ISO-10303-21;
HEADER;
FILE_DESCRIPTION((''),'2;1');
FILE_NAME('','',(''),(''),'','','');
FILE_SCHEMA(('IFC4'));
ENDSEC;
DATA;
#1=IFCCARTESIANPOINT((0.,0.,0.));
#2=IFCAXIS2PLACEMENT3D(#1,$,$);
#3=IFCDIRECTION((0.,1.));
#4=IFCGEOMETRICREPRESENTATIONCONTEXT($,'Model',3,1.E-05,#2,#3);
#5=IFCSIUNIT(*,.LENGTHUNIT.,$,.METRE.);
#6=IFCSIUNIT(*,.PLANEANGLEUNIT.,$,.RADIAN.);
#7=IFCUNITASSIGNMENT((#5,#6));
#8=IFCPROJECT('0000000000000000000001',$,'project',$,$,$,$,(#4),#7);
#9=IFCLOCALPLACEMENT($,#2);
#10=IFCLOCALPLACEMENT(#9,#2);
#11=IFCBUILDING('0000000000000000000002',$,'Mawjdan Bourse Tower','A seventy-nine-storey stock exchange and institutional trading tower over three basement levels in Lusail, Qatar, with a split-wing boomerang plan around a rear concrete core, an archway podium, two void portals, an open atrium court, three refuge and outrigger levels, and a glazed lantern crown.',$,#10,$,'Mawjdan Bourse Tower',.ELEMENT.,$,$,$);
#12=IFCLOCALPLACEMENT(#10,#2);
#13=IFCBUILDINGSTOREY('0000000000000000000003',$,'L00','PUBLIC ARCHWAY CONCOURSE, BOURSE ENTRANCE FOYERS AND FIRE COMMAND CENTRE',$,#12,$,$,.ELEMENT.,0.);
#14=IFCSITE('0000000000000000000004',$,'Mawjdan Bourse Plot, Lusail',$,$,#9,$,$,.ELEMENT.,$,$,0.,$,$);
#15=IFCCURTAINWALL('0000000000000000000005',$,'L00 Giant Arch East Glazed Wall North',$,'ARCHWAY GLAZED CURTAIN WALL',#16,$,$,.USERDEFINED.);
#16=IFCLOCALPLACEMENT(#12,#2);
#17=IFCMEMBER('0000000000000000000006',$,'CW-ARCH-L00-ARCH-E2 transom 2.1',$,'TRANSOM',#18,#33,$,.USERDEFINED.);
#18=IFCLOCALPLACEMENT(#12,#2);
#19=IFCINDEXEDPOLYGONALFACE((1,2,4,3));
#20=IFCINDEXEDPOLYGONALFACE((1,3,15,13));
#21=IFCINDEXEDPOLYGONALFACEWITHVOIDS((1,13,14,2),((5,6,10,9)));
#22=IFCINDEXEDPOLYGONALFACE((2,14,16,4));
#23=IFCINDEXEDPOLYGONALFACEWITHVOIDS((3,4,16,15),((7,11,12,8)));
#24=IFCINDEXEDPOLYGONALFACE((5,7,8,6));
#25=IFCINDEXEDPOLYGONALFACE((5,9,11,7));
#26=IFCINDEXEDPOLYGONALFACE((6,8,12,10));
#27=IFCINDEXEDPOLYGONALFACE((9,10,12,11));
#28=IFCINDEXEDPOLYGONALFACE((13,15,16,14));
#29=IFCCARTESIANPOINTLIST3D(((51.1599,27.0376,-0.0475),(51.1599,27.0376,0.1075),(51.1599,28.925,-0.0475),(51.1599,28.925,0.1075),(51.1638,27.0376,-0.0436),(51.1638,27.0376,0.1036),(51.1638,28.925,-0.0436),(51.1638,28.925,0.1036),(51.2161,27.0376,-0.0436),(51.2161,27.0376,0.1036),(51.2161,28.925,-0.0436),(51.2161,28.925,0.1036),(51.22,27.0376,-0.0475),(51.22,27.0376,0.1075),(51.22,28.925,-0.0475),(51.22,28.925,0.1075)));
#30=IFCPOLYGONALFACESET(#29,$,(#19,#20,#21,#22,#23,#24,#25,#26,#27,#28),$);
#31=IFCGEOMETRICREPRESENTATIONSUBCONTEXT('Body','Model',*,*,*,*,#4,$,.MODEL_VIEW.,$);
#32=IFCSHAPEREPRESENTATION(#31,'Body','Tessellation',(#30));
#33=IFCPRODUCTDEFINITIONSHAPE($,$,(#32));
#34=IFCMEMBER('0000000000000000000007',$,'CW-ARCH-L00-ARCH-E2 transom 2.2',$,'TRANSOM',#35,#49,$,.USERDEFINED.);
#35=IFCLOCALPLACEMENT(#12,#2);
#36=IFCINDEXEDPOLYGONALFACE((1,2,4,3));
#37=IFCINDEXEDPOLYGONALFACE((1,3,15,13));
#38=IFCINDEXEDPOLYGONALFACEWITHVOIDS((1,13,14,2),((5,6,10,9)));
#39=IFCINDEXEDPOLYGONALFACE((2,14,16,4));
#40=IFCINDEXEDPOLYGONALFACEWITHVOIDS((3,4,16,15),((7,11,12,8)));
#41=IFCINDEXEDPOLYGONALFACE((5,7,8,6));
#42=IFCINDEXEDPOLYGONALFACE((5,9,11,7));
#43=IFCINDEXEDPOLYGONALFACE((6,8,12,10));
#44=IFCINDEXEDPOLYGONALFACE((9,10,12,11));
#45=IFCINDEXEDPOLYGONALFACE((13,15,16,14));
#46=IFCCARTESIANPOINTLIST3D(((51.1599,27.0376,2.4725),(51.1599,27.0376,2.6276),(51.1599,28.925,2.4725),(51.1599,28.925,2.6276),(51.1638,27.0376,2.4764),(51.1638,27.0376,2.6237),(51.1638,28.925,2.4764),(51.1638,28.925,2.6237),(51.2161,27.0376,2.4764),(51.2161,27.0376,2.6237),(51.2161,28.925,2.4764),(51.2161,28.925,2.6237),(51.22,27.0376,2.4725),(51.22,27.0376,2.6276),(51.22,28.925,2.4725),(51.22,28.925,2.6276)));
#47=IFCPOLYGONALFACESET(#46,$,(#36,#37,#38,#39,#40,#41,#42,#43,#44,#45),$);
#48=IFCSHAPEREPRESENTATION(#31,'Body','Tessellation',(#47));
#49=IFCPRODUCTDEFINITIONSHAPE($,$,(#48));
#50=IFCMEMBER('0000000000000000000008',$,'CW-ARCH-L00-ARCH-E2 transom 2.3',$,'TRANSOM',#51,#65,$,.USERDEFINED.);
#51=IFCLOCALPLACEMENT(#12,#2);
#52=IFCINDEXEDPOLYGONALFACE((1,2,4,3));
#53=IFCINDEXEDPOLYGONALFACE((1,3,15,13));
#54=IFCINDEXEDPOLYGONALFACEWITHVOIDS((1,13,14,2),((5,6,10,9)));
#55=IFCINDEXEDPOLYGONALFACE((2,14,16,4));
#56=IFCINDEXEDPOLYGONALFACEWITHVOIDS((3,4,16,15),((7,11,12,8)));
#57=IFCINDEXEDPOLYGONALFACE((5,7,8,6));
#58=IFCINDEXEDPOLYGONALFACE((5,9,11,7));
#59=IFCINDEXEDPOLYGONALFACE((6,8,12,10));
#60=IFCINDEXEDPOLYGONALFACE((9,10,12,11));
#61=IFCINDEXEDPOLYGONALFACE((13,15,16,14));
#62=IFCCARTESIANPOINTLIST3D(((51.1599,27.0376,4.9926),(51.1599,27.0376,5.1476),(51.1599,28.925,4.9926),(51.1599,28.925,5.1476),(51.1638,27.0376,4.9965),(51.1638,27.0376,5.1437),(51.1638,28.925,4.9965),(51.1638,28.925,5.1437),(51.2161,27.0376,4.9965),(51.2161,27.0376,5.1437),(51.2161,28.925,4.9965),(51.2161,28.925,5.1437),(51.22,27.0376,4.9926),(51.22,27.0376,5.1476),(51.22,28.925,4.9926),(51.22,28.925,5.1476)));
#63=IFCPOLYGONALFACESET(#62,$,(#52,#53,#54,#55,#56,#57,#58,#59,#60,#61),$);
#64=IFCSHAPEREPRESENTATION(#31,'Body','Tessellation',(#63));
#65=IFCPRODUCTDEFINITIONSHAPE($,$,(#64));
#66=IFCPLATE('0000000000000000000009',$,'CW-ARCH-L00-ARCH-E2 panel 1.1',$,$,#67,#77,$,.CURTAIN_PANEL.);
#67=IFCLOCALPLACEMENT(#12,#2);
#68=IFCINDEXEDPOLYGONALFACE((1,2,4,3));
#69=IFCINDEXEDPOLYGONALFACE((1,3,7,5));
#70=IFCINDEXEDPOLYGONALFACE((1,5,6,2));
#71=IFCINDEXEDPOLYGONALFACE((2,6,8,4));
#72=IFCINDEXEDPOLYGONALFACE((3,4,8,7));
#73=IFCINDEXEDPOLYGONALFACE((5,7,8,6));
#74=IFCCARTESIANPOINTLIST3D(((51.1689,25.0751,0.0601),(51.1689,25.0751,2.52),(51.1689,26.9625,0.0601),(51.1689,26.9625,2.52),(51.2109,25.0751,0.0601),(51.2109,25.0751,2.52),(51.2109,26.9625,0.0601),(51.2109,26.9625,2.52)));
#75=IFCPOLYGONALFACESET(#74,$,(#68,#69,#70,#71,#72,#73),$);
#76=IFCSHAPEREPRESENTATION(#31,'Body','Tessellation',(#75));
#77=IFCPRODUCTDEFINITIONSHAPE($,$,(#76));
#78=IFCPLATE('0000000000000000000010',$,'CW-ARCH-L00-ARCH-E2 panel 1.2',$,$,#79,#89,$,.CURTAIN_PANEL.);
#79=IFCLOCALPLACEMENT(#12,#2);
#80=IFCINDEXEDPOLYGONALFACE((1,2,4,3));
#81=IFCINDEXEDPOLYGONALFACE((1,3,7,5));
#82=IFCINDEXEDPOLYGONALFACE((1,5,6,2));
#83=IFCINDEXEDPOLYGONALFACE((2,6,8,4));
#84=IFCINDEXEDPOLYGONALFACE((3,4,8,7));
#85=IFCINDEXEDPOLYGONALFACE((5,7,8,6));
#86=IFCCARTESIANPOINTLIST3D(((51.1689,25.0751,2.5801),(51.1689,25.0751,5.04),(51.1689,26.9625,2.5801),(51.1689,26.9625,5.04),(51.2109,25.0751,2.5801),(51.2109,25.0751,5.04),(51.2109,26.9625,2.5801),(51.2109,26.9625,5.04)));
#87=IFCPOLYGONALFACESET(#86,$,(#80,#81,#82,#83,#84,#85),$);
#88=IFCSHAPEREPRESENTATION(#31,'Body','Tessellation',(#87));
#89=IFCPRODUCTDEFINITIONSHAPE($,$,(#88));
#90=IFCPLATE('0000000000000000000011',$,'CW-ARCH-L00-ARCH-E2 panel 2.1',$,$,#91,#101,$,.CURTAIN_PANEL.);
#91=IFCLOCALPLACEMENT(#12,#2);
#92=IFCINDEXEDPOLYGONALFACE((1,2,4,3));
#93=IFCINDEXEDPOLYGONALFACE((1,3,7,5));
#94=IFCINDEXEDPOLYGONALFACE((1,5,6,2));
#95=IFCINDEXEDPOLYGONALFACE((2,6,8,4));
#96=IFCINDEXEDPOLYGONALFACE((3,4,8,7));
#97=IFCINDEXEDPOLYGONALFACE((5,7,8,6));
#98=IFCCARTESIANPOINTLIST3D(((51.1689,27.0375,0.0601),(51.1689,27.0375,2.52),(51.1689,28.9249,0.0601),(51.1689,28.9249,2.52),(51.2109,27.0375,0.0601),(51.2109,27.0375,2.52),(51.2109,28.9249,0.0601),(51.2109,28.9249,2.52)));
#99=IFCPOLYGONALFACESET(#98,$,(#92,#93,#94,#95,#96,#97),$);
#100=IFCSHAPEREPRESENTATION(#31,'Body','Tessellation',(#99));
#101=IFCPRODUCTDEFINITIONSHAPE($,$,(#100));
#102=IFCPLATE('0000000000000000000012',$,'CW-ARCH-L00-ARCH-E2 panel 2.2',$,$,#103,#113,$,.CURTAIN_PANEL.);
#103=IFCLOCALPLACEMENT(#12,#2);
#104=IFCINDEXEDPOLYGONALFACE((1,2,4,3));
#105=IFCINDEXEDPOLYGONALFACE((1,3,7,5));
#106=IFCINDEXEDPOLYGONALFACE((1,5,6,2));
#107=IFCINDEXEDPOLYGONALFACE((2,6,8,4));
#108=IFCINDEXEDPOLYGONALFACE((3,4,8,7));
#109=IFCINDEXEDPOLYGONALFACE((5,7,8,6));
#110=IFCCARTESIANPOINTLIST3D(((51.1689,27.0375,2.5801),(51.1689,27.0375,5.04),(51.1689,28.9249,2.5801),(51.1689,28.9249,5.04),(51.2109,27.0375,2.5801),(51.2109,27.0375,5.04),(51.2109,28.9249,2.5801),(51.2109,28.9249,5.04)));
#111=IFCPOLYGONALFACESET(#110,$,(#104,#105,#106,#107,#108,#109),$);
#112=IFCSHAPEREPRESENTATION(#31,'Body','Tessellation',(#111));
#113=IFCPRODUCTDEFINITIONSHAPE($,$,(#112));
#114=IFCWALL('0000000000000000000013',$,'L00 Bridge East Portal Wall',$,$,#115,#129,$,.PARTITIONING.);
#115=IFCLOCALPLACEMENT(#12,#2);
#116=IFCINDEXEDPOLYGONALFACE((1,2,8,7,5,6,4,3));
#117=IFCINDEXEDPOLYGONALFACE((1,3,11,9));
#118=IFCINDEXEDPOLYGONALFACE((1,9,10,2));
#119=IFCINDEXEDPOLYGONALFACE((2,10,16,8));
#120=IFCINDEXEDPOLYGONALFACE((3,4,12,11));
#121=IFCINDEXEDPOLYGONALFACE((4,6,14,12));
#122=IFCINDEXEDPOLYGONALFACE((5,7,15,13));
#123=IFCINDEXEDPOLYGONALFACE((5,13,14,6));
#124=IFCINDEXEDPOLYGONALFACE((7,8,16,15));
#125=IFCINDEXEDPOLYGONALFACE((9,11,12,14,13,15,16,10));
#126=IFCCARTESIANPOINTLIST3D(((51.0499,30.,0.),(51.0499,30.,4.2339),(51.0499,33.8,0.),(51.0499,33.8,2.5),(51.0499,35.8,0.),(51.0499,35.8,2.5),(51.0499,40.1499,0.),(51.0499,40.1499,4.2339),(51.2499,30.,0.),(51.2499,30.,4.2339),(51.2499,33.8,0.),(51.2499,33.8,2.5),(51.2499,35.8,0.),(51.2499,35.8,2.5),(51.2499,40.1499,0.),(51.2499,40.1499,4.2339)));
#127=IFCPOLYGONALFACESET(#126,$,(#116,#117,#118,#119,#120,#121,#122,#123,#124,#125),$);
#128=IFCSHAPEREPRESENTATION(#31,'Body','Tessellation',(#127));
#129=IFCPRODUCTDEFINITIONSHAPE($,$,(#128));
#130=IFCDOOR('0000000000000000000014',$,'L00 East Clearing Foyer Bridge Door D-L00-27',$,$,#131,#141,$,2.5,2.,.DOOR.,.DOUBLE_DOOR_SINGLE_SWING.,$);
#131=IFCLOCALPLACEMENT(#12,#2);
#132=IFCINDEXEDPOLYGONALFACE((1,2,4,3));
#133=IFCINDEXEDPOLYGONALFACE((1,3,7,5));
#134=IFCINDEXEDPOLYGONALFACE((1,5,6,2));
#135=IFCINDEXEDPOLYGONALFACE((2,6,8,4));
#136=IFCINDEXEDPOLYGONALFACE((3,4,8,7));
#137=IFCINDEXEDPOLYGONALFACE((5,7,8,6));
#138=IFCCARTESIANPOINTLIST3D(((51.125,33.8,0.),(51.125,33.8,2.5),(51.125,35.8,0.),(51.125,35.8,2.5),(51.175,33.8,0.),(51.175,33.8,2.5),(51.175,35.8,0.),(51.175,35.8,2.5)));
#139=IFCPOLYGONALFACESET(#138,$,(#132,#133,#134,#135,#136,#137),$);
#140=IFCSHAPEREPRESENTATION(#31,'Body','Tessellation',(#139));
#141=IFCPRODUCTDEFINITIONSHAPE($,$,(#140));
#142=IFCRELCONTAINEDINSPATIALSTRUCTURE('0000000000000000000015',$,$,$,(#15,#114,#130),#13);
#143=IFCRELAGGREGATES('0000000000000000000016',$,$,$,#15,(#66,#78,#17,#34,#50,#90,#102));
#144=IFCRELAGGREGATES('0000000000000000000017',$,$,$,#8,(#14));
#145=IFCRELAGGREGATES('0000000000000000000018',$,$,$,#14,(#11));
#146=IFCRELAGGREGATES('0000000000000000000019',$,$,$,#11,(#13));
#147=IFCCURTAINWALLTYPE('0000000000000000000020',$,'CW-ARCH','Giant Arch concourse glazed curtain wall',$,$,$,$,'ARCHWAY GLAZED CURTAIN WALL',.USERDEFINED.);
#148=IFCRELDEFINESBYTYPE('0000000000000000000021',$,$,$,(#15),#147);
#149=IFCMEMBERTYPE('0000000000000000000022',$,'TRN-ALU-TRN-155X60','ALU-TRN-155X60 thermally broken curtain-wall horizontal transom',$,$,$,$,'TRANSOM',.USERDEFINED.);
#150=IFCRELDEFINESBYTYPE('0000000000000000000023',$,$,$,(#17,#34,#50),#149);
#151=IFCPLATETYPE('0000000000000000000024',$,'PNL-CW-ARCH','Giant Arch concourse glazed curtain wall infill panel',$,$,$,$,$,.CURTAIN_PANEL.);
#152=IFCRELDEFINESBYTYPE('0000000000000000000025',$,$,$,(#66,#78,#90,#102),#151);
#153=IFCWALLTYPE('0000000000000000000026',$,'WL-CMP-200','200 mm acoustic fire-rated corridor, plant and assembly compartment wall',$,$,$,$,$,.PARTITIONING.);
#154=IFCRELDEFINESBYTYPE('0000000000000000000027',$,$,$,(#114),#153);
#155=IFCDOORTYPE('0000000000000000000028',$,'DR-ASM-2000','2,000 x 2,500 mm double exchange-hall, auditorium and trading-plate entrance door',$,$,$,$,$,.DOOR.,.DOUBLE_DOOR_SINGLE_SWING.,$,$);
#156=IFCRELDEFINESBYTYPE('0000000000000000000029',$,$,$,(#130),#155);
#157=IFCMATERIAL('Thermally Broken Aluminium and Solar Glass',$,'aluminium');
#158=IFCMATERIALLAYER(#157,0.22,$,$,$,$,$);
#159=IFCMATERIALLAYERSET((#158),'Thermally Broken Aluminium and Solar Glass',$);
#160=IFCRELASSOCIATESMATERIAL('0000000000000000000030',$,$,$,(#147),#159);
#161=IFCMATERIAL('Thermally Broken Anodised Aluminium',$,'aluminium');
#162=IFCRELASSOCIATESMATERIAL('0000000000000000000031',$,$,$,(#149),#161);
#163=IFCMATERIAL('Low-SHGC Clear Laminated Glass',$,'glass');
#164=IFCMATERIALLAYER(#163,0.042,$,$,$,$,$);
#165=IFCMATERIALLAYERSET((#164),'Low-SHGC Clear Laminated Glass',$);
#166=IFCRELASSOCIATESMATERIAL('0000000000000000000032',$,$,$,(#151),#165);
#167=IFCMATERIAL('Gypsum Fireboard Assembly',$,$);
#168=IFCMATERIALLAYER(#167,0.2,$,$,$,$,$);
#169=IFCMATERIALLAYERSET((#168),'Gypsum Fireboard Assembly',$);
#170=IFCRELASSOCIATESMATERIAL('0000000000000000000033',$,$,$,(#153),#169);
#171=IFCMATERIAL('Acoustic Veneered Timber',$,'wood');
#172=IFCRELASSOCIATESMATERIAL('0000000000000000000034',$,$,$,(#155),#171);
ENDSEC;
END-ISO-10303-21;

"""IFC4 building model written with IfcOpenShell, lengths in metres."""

from ifc_helpers import new_model, si_unit, direction, frame, frame_2d, origin, origin_2d, place, context, subcontext, project, spatial, rectangle, hollow_rectangle, extrude, material, layer, layer_set, material_profile, profile_set, type_object, element, fill, aggregate, save


model = new_model("IFC4")

# Units and contexts
model_context = context("Model", 3, precision=1e-05, world=origin(), true_north=direction((0.0, 1.0)))
body_context = subcontext(model_context, "Body", "Model", "MODEL_VIEW")
ifc_project = project(units=[si_unit("LENGTHUNIT", "METRE"), si_unit("PLANEANGLEUNIT", "RADIAN")], contexts=[model_context])

# Site, building, storey
site_placement = place(None, origin())
site = spatial("IfcSite", under=ifc_project, at=site_placement, Name="Mawjdan Bourse Plot, Lusail", CompositionType="ELEMENT", RefElevation=0.0)
building_placement = place(site_placement, origin())
building = spatial("IfcBuilding", under=site, at=building_placement, Name="Mawjdan Bourse Tower", Description="A seventy-nine-storey stock exchange and institutional trading tower over three basement levels in Lusail, Qatar, with a split-wing boomerang plan around a rear concrete core, an archway podium, two void portals, an open atrium court, three refuge and outrigger levels, and a glazed lantern crown.", LongName="Mawjdan Bourse Tower", CompositionType="ELEMENT")
storey_placement = place(building_placement, origin())
storey = spatial("IfcBuildingStorey", under=building, at=storey_placement, Name="L00", Description="PUBLIC ARCHWAY CONCOURSE, BOURSE ENTRANCE FOYERS AND FIRE COMMAND CENTRE", CompositionType="ELEMENT", Elevation=0.0)

# Curtain wall, members, plates
ifc_material_1 = material(Name="Thermally Broken Aluminium and Solar Glass", Category="aluminium")
ifc_layer_1 = layer(ifc_material_1, 0.22)
ifc_layer_set_1 = layer_set([ifc_layer_1], Name="Thermally Broken Aluminium and Solar Glass")
curtain_wall_type = type_object("IfcCurtainWallType", Name="CW-ARCH", Description="Giant Arch concourse glazed curtain wall", ElementType="ARCHWAY GLAZED CURTAIN WALL", PredefinedType="USERDEFINED", material=ifc_layer_set_1)
curtain_wall_placement = place(storey_placement, origin())
curtain_wall = element("IfcCurtainWall", 1, at=curtain_wall_placement, inside=storey, type_object=curtain_wall_type, Name="L00 Giant Arch East Glazed Wall North", ObjectType="ARCHWAY GLAZED CURTAIN WALL", PredefinedType="USERDEFINED")
ifc_material_2 = material(Name="Thermally Broken Anodised Aluminium", Category="aluminium")
ifc_material_profile_1 = material_profile(ifc_material_2, hollow_rectangle(XDim=0.0601, YDim=0.155, WallThickness=0.0039, at=origin_2d()), Name="ALU-TRN-155X60")
ifc_profile_set_1 = profile_set([ifc_material_profile_1], Name="Thermally Broken Anodised Aluminium")
member_type_1 = type_object("IfcMemberType", Name="TRN-ALU-TRN-155X60", Description="ALU-TRN-155X60 thermally broken curtain-wall horizontal transom", ElementType="TRANSOM", PredefinedType="USERDEFINED", material=ifc_profile_set_1)
member_1_placement = place(storey_placement, frame((51.1899, 27.0376, 0.03), z_axis=(0.0, 1.0, 0.0), x_axis=(-1.0, 0.0, 0.0)))
member_1 = element("IfcMember", 2, at=member_1_placement, type_object=member_type_1, Name="CW-ARCH-L00-ARCH-E2 transom 2.1", ObjectType="TRANSOM", PredefinedType="USERDEFINED", context=body_context, shape_type="SweptSolid", body=[
    extrude(hollow_rectangle(XDim=0.0601, YDim=0.155, WallThickness=0.0039, at=origin_2d()), origin(), (0.0, 0.0, 1.0), 1.8875),
])
member_2_placement = place(storey_placement, frame((51.1899, 27.0376, 2.55), z_axis=(0.0, 1.0, 0.0), x_axis=(-1.0, 0.0, 0.0)))
member_2 = element("IfcMember", 3, at=member_2_placement, type_object=member_type_1, Name="CW-ARCH-L00-ARCH-E2 transom 2.2", ObjectType="TRANSOM", PredefinedType="USERDEFINED", context=body_context, shape_type="SweptSolid", body=[
    extrude(hollow_rectangle(XDim=0.0601, YDim=0.155, WallThickness=0.0039, at=origin_2d()), origin(), (0.0, 0.0, 1.0), 1.8875),
])
member_3_placement = place(storey_placement, frame((51.1899, 27.0376, 5.0701), z_axis=(0.0, 1.0, 0.0), x_axis=(-1.0, 0.0, 0.0)))
member_3 = element("IfcMember", 4, at=member_3_placement, type_object=member_type_1, Name="CW-ARCH-L00-ARCH-E2 transom 2.3", ObjectType="TRANSOM", PredefinedType="USERDEFINED", context=body_context, shape_type="SweptSolid", body=[
    extrude(hollow_rectangle(XDim=0.0601, YDim=0.155, WallThickness=0.0039, at=origin_2d()), origin(), (0.0, 0.0, 1.0), 1.8875),
])
ifc_material_3 = material(Name="Low-SHGC Clear Laminated Glass", Category="glass")
ifc_layer_2 = layer(ifc_material_3, 0.042)
ifc_layer_set_2 = layer_set([ifc_layer_2], Name="Low-SHGC Clear Laminated Glass")
plate_type = type_object("IfcPlateType", Name="PNL-CW-ARCH", Description="Giant Arch concourse glazed curtain wall infill panel", PredefinedType="CURTAIN_PANEL", material=ifc_layer_set_2)
plate_1_placement = place(storey_placement, frame((51.1899, 26.0188, 0.0601), z_axis=(0.0, 0.0, 1.0), x_axis=(0.0, 1.0, 0.0)))
plate_1 = element("IfcPlate", 5, at=plate_1_placement, type_object=plate_type, Name="CW-ARCH-L00-ARCH-E2 panel 1.1", PredefinedType="CURTAIN_PANEL", context=body_context, shape_type="SweptSolid", body=[
    extrude(rectangle(XDim=1.8875, YDim=0.042, at=origin_2d()), origin(), (0.0, 0.0, 1.0), 2.46),
])
plate_2_placement = place(storey_placement, frame((51.1899, 26.0188, 2.5801), z_axis=(0.0, 0.0, 1.0), x_axis=(0.0, 1.0, 0.0)))
plate_2 = element("IfcPlate", 6, at=plate_2_placement, type_object=plate_type, Name="CW-ARCH-L00-ARCH-E2 panel 1.2", PredefinedType="CURTAIN_PANEL", context=body_context, shape_type="SweptSolid", body=[
    extrude(rectangle(XDim=1.8875, YDim=0.042, at=origin_2d()), origin(), (0.0, 0.0, 1.0), 2.46),
])
plate_3_placement = place(storey_placement, frame((51.1899, 27.9812, 0.0601), z_axis=(0.0, 0.0, 1.0), x_axis=(0.0, 1.0, 0.0)))
plate_3 = element("IfcPlate", 7, at=plate_3_placement, type_object=plate_type, Name="CW-ARCH-L00-ARCH-E2 panel 2.1", PredefinedType="CURTAIN_PANEL", context=body_context, shape_type="SweptSolid", body=[
    extrude(rectangle(XDim=1.8875, YDim=0.042, at=origin_2d()), origin(), (0.0, 0.0, 1.0), 2.46),
])
plate_4_placement = place(storey_placement, frame((51.1899, 27.9812, 2.5801), z_axis=(0.0, 0.0, 1.0), x_axis=(0.0, 1.0, 0.0)))
plate_4 = element("IfcPlate", 8, at=plate_4_placement, type_object=plate_type, Name="CW-ARCH-L00-ARCH-E2 panel 2.2", PredefinedType="CURTAIN_PANEL", context=body_context, shape_type="SweptSolid", body=[
    extrude(rectangle(XDim=1.8875, YDim=0.042, at=origin_2d()), origin(), (0.0, 0.0, 1.0), 2.46),
])
aggregate(curtain_wall, [plate_1, plate_2, member_1, member_2, member_3, plate_3, plate_4])

# Wall, opening, door
ifc_material_4 = material(Name="Gypsum Fireboard Assembly")
ifc_layer_3 = layer(ifc_material_4, 0.2)
ifc_layer_set_3 = layer_set([ifc_layer_3], Name="Gypsum Fireboard Assembly")
wall_type = type_object("IfcWallType", Name="WL-CMP-200", Description="200 mm acoustic fire-rated corridor, plant and assembly compartment wall", PredefinedType="PARTITIONING", material=ifc_layer_set_3)
wall_placement = place(storey_placement, frame((51.1499, 30.0, 0.0), z_axis=(0.0, 0.0, 1.0), x_axis=(0.0, 1.0, 0.0)))
wall = element("IfcWall", 9, at=wall_placement, inside=storey, type_object=wall_type, Name="L00 Bridge East Portal Wall", PredefinedType="PARTITIONING", context=body_context, shape_type="SweptSolid", body=[
    extrude(rectangle(XDim=10.1499, YDim=0.2, at=frame_2d((5.075, 0.0))), origin(), (0.0, 0.0, 1.0), 4.2339),
])
opening_placement = place(wall_placement, frame((3.8, 0.0, 0.0)))
opening = element("IfcOpeningElement", 10, at=opening_placement, cuts=wall, PredefinedType="OPENING", context=body_context, shape_type="SweptSolid", body=[
    extrude(rectangle(XDim=2.0, YDim=2.5, at=frame_2d((1.0, 1.25))), frame((0.0, 0.1099, 0.0), z_axis=(0.0, -1.0, 0.0), x_axis=(1.0, 0.0, 0.0)), (0.0, 0.0, 1.0), 0.22),
])
ifc_material_5 = material(Name="Acoustic Veneered Timber", Category="wood")
door_type = type_object("IfcDoorType", Name="DR-ASM-2000", Description="2,000 x 2,500 mm double exchange-hall, auditorium and trading-plate entrance door", OperationType="DOUBLE_DOOR_SINGLE_SWING", PredefinedType="DOOR", material=ifc_material_5)
door_placement = place(opening_placement, origin())
door = element("IfcDoor", 11, at=door_placement, inside=storey, type_object=door_type, Name="L00 East Clearing Foyer Bridge Door D-L00-27", OperationType="DOUBLE_DOOR_SINGLE_SWING", OverallHeight=2.5, OverallWidth=2.0, PredefinedType="DOOR", context=body_context, shape_type="SweptSolid", body=[
    extrude(rectangle(XDim=2.0, YDim=2.5, at=frame_2d((1.0, 1.25))), frame((0.0, 0.0249, 0.0), z_axis=(0.0, -1.0, 0.0), x_axis=(1.0, 0.0, 0.0)), (0.0, 0.0, 1.0), 0.05),
])
fill(opening, door)

save(model, "model.ifc")
